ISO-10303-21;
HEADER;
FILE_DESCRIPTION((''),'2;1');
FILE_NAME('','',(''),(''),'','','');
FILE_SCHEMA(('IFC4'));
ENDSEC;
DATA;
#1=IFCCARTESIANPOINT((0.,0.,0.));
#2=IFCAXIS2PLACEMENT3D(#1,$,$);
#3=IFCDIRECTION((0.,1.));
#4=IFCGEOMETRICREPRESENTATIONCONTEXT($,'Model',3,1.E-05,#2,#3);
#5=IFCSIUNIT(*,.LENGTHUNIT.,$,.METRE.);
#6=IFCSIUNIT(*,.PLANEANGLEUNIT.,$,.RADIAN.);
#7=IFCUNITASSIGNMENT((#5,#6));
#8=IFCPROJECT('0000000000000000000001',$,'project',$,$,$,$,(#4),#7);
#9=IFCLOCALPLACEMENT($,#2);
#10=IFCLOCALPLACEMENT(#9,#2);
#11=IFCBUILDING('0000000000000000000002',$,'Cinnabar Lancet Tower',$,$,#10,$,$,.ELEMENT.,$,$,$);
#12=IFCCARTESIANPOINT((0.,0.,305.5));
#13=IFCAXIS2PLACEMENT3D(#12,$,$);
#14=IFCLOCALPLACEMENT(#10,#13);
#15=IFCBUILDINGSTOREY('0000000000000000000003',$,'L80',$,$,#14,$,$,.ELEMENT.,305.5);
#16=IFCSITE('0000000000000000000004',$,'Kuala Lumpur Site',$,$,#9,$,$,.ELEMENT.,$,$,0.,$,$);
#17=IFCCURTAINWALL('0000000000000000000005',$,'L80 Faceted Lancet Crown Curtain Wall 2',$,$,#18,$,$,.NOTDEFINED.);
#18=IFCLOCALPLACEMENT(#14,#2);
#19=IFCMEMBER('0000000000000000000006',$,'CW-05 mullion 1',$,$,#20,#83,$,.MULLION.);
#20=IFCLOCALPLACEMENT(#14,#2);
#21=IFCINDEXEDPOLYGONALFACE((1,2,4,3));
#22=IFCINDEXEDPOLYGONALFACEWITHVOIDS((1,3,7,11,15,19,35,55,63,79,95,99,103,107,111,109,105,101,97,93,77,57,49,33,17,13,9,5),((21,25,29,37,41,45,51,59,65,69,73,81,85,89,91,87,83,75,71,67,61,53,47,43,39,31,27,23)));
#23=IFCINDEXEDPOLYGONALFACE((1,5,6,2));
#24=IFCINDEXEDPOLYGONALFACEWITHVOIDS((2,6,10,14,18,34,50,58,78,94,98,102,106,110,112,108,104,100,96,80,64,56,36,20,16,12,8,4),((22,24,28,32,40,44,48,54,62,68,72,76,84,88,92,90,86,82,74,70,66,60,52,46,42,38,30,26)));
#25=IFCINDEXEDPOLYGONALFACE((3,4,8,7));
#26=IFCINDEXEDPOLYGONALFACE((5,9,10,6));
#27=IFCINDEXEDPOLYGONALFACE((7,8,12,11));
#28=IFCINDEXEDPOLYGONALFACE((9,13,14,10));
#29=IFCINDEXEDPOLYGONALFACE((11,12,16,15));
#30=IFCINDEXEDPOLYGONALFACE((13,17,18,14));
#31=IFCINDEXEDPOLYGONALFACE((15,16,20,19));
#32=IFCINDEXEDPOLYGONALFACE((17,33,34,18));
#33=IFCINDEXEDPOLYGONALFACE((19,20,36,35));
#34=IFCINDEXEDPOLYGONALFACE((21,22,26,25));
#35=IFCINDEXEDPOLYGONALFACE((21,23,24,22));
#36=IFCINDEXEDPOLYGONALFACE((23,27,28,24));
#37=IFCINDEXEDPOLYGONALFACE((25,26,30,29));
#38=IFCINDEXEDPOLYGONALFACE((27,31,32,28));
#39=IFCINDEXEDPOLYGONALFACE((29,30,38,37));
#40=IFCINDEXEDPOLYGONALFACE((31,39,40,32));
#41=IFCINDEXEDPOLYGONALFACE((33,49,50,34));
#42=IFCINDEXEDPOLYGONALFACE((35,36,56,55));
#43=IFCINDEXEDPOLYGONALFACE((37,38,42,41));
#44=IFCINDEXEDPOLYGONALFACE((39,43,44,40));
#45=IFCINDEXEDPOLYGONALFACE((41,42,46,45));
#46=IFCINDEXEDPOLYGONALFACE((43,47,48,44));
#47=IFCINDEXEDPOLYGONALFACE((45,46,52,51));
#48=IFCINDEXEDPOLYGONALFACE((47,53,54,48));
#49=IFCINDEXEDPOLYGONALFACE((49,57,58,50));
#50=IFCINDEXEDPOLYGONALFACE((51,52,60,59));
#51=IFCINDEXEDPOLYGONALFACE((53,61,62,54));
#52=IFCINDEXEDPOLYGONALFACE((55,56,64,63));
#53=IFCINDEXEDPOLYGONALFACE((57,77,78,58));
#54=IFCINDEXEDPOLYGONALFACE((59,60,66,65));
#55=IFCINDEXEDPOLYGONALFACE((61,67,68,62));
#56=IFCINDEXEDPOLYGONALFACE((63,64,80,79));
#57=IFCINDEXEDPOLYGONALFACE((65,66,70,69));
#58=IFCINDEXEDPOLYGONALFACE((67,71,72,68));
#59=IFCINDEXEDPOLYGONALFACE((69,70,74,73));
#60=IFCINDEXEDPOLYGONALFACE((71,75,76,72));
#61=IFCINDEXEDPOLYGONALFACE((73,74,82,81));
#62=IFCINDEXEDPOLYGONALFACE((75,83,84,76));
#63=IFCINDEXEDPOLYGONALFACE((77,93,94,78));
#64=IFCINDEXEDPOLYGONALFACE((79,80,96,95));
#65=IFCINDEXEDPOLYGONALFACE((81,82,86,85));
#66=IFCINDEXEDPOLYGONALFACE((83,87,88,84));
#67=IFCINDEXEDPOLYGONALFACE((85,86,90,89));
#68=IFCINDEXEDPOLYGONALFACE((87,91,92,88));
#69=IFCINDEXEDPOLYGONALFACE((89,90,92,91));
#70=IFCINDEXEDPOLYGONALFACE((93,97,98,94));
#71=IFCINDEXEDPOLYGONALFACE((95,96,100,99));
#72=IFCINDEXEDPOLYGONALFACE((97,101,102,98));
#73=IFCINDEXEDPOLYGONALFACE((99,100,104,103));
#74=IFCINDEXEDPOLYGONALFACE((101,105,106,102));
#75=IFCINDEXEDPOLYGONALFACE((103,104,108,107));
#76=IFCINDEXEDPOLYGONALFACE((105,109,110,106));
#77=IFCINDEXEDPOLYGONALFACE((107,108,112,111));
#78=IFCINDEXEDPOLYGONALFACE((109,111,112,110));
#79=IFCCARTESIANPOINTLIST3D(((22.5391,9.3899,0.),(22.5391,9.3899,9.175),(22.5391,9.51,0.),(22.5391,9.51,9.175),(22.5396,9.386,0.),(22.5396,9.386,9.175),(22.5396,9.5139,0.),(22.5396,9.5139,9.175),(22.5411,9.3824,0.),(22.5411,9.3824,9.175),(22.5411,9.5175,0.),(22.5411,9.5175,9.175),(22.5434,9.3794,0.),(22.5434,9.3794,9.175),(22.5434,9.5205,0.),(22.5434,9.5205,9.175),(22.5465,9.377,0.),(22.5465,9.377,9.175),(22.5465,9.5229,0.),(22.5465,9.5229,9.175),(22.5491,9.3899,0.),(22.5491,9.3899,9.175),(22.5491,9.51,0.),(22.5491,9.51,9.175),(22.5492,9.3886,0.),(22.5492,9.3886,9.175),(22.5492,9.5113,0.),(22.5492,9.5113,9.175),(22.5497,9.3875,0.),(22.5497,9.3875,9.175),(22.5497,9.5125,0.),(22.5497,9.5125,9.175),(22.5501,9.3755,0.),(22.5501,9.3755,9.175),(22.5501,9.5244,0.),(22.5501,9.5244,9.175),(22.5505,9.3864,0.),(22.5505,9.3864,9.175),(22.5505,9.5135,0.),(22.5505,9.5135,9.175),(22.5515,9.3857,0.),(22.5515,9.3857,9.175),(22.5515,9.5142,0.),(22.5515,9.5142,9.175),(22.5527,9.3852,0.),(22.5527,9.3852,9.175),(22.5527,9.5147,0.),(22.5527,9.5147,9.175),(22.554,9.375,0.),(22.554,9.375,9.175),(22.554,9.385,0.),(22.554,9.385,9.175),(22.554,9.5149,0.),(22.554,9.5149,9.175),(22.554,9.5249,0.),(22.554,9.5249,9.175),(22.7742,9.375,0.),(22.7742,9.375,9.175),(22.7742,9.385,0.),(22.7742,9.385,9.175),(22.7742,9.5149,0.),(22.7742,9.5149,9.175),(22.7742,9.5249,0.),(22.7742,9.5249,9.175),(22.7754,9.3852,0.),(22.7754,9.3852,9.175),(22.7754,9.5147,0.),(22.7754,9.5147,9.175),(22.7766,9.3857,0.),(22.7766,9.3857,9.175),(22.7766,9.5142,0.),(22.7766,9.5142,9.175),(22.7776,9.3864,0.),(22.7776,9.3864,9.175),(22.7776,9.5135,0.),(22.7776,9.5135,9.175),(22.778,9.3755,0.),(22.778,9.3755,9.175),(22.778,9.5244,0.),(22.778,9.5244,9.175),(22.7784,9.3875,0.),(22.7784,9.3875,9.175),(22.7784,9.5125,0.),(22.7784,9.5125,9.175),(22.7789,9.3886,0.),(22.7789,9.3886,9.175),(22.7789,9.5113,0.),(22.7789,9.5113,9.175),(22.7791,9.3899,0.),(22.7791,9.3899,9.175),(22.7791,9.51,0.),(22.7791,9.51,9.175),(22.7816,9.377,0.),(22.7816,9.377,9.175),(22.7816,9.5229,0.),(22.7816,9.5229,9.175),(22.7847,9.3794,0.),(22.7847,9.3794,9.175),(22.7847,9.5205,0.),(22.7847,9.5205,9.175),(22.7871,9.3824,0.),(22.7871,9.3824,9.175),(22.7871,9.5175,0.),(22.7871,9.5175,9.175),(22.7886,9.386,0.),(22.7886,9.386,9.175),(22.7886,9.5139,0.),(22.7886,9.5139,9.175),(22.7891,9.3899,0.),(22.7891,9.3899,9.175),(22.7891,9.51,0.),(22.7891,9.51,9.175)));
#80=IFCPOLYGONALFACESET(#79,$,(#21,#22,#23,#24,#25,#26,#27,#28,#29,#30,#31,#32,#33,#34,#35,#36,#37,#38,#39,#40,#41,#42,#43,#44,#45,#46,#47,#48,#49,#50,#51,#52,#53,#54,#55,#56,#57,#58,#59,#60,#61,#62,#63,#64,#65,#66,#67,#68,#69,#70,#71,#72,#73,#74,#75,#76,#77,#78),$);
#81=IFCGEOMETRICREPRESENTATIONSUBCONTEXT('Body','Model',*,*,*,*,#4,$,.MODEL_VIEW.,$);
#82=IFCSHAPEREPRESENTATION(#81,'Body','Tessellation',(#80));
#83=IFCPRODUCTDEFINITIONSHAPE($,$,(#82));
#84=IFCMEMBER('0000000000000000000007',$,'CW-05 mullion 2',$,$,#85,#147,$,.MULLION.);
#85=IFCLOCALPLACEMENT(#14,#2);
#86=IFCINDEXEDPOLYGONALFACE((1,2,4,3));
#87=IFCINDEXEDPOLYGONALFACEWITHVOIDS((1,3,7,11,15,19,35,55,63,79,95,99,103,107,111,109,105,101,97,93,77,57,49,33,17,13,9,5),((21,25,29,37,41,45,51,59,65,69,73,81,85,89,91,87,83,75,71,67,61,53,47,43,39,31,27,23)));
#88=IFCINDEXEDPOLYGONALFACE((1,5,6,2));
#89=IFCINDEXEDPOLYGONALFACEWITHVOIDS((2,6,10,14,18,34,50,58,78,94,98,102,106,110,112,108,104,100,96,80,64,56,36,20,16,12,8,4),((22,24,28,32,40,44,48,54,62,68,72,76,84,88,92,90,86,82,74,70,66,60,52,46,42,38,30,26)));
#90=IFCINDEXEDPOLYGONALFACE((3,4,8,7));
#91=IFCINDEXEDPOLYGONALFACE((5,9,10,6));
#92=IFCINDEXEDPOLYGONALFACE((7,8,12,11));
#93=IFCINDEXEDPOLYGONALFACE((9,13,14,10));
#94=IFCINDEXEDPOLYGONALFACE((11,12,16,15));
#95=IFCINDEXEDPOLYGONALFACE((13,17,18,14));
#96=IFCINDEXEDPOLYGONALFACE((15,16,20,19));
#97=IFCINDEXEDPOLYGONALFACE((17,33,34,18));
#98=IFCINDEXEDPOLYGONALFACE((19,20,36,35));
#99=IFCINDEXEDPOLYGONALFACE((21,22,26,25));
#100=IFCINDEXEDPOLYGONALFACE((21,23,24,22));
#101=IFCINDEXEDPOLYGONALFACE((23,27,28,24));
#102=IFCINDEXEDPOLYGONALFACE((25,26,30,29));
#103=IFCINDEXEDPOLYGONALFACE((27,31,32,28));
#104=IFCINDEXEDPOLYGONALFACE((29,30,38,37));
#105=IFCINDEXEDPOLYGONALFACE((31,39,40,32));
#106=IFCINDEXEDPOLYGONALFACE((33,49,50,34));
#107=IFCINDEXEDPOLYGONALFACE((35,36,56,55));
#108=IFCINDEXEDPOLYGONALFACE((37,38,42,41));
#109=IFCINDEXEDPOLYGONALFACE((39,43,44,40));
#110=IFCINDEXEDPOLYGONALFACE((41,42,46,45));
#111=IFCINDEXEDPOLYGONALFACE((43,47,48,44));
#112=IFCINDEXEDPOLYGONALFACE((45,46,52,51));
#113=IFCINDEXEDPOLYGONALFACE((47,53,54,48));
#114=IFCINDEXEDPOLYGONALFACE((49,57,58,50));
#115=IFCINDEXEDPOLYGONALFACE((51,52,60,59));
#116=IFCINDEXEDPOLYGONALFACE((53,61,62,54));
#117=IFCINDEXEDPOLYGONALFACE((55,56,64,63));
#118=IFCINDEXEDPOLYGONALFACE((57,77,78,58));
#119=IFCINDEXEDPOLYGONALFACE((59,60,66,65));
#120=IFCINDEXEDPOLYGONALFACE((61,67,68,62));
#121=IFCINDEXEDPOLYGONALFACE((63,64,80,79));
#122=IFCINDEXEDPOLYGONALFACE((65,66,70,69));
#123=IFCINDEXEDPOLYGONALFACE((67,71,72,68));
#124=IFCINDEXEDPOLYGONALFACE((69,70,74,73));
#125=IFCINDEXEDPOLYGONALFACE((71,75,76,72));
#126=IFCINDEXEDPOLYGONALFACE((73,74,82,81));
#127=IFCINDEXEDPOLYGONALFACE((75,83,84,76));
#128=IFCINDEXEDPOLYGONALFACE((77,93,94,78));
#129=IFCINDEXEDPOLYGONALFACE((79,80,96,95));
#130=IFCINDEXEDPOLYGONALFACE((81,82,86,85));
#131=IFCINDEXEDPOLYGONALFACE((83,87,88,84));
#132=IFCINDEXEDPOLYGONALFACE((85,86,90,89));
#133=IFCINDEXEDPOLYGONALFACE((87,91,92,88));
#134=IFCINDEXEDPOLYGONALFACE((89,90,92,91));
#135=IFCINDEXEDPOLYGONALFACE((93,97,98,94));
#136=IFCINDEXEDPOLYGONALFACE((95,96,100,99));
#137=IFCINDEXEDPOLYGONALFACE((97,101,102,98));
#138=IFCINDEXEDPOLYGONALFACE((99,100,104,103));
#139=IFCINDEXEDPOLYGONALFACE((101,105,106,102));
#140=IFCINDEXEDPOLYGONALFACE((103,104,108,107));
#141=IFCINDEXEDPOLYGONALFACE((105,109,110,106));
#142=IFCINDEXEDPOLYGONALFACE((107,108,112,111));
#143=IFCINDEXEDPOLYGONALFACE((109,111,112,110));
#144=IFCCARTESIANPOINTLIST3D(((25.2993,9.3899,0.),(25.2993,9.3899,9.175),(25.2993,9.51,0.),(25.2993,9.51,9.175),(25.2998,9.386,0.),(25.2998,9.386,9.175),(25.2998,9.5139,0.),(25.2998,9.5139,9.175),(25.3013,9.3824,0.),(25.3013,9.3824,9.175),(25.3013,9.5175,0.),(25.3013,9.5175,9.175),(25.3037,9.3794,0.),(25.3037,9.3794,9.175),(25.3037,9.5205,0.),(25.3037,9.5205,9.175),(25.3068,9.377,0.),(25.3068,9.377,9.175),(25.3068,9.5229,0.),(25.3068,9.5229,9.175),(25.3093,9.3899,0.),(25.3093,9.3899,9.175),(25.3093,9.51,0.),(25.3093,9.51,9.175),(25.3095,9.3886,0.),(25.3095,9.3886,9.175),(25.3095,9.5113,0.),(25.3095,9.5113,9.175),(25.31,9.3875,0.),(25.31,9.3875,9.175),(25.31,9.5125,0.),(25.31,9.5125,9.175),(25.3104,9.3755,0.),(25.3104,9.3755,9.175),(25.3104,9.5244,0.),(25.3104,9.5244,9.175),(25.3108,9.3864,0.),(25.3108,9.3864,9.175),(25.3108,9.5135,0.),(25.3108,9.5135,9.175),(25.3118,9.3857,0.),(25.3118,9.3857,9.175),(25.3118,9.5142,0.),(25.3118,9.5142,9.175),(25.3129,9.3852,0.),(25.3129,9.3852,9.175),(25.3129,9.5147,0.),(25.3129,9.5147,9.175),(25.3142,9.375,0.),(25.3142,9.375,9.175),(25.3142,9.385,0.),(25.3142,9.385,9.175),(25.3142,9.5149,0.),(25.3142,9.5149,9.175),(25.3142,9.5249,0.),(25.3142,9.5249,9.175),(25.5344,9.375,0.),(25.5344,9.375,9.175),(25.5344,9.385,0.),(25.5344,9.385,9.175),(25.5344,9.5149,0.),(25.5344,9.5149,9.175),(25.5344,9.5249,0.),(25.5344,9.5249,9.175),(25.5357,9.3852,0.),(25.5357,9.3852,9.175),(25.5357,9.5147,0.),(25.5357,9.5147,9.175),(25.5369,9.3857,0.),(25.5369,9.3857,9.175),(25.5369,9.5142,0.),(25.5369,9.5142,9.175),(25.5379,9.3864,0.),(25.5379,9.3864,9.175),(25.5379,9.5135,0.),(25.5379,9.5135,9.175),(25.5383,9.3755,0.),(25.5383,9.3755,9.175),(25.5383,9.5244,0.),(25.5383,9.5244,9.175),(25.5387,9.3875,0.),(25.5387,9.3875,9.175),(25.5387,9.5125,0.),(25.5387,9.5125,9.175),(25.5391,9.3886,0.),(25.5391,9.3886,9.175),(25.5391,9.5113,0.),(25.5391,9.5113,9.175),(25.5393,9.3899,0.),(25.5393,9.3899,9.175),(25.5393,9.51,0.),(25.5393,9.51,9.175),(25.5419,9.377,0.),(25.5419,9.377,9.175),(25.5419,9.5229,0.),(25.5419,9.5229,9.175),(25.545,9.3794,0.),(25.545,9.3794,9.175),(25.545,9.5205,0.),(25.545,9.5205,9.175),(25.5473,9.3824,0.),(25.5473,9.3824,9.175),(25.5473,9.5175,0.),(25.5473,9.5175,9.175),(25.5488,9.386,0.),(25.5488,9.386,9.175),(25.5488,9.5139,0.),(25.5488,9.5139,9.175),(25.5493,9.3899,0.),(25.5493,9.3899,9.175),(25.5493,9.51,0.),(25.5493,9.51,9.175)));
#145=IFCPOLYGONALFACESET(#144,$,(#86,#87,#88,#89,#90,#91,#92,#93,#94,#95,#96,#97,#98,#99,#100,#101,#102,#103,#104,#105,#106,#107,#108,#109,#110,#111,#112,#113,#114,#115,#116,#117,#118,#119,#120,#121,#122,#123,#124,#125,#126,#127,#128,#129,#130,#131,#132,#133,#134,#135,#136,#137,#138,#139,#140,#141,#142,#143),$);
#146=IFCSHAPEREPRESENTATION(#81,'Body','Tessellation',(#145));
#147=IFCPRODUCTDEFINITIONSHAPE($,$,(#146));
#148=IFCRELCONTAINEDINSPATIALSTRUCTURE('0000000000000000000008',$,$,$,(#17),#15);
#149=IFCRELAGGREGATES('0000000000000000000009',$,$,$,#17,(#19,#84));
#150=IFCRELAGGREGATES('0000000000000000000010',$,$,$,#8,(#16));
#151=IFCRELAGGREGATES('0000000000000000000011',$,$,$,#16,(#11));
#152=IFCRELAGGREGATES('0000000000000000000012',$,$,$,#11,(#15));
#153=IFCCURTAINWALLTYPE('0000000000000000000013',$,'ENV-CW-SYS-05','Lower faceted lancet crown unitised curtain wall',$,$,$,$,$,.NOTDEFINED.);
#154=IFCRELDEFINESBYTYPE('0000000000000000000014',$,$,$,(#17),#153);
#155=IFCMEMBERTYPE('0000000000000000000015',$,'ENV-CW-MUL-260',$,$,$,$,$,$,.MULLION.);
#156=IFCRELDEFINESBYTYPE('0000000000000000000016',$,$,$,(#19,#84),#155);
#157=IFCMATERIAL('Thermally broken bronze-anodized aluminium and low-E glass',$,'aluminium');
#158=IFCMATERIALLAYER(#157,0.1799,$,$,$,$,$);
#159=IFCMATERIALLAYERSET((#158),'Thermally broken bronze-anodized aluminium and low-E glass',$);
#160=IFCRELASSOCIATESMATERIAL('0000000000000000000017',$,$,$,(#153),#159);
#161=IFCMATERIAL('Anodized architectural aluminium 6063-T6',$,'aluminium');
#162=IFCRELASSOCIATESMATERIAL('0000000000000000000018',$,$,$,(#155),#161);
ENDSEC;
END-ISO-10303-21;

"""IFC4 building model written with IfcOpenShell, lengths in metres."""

from ifc_helpers import new_model, si_unit, direction, frame, origin, origin_2d, place, context, subcontext, project, spatial, hollow_rectangle, extrude, material, layer, layer_set, material_profile, profile_set, type_object, element, aggregate, save


model = new_model("IFC4")

# Units and contexts
model_context = context("Model", 3, precision=1e-05, world=origin(), true_north=direction((0.0, 1.0)))
body_context = subcontext(model_context, "Body", "Model", "MODEL_VIEW")
ifc_project = project(units=[si_unit("LENGTHUNIT", "METRE"), si_unit("PLANEANGLEUNIT", "RADIAN")], contexts=[model_context])

# Site, building, storey
site_placement = place(None, origin())
site = spatial("IfcSite", under=ifc_project, at=site_placement, Name="Kuala Lumpur Site", CompositionType="ELEMENT", RefElevation=0.0)
building_placement = place(site_placement, origin())
building = spatial("IfcBuilding", under=site, at=building_placement, Name="Cinnabar Lancet Tower", CompositionType="ELEMENT")
storey_placement = place(building_placement, frame((0.0, 0.0, 305.5)))
storey = spatial("IfcBuildingStorey", under=building, at=storey_placement, Name="L80", CompositionType="ELEMENT", Elevation=305.5)

# Curtain wall, members
ifc_material_1 = material(Name="Thermally broken bronze-anodized aluminium and low-E glass", Category="aluminium")
ifc_layer_1 = layer(ifc_material_1, 0.1799)
ifc_layer_set_1 = layer_set([ifc_layer_1], Name="Thermally broken bronze-anodized aluminium and low-E glass")
curtain_wall_type = type_object("IfcCurtainWallType", Name="ENV-CW-SYS-05", Description="Lower faceted lancet crown unitised curtain wall", PredefinedType="NOTDEFINED", material=ifc_layer_set_1)
curtain_wall_placement = place(storey_placement, origin())
curtain_wall = element("IfcCurtainWall", 1, at=curtain_wall_placement, inside=storey, type_object=curtain_wall_type, Name="L80 Faceted Lancet Crown Curtain Wall 2", PredefinedType="NOTDEFINED")
ifc_material_2 = material(Name="Anodized architectural aluminium 6063-T6", Category="aluminium")
ifc_material_profile_1 = material_profile(ifc_material_2, hollow_rectangle(XDim=0.1499, YDim=0.25, WallThickness=0.01, InnerFilletRadius=0.0049, OuterFilletRadius=0.0149, at=origin_2d()), Name="RHS 250x150x10")
ifc_profile_set_1 = profile_set([ifc_material_profile_1], Name="Anodized architectural aluminium 6063-T6")
member_type_1 = type_object("IfcMemberType", Name="ENV-CW-MUL-260", PredefinedType="MULLION", material=ifc_profile_set_1)
member_1_placement = place(storey_placement, frame((22.6641, 9.45, 0.0), z_axis=(0.0, 0.0, 1.0), x_axis=(0.0, 1.0, 0.0)))
member_1 = element("IfcMember", 2, at=member_1_placement, type_object=member_type_1, Name="CW-05 mullion 1", PredefinedType="MULLION", context=body_context, shape_type="SweptSolid", body=[
    extrude(hollow_rectangle(XDim=0.1499, YDim=0.25, WallThickness=0.01, InnerFilletRadius=0.0049, OuterFilletRadius=0.0149, at=origin_2d()), origin(), (0.0, 0.0, 1.0), 9.175),
])
member_2_placement = place(storey_placement, frame((25.4243, 9.45, 0.0), z_axis=(0.0, 0.0, 1.0), x_axis=(0.0, 1.0, 0.0)))
member_2 = element("IfcMember", 3, at=member_2_placement, type_object=member_type_1, Name="CW-05 mullion 2", PredefinedType="MULLION", context=body_context, shape_type="SweptSolid", body=[
    extrude(hollow_rectangle(XDim=0.1499, YDim=0.25, WallThickness=0.01, InnerFilletRadius=0.0049, OuterFilletRadius=0.0149, at=origin_2d()), origin(), (0.0, 0.0, 1.0), 9.175),
])
aggregate(curtain_wall, [member_1, member_2])

save(model, "model.ifc")
